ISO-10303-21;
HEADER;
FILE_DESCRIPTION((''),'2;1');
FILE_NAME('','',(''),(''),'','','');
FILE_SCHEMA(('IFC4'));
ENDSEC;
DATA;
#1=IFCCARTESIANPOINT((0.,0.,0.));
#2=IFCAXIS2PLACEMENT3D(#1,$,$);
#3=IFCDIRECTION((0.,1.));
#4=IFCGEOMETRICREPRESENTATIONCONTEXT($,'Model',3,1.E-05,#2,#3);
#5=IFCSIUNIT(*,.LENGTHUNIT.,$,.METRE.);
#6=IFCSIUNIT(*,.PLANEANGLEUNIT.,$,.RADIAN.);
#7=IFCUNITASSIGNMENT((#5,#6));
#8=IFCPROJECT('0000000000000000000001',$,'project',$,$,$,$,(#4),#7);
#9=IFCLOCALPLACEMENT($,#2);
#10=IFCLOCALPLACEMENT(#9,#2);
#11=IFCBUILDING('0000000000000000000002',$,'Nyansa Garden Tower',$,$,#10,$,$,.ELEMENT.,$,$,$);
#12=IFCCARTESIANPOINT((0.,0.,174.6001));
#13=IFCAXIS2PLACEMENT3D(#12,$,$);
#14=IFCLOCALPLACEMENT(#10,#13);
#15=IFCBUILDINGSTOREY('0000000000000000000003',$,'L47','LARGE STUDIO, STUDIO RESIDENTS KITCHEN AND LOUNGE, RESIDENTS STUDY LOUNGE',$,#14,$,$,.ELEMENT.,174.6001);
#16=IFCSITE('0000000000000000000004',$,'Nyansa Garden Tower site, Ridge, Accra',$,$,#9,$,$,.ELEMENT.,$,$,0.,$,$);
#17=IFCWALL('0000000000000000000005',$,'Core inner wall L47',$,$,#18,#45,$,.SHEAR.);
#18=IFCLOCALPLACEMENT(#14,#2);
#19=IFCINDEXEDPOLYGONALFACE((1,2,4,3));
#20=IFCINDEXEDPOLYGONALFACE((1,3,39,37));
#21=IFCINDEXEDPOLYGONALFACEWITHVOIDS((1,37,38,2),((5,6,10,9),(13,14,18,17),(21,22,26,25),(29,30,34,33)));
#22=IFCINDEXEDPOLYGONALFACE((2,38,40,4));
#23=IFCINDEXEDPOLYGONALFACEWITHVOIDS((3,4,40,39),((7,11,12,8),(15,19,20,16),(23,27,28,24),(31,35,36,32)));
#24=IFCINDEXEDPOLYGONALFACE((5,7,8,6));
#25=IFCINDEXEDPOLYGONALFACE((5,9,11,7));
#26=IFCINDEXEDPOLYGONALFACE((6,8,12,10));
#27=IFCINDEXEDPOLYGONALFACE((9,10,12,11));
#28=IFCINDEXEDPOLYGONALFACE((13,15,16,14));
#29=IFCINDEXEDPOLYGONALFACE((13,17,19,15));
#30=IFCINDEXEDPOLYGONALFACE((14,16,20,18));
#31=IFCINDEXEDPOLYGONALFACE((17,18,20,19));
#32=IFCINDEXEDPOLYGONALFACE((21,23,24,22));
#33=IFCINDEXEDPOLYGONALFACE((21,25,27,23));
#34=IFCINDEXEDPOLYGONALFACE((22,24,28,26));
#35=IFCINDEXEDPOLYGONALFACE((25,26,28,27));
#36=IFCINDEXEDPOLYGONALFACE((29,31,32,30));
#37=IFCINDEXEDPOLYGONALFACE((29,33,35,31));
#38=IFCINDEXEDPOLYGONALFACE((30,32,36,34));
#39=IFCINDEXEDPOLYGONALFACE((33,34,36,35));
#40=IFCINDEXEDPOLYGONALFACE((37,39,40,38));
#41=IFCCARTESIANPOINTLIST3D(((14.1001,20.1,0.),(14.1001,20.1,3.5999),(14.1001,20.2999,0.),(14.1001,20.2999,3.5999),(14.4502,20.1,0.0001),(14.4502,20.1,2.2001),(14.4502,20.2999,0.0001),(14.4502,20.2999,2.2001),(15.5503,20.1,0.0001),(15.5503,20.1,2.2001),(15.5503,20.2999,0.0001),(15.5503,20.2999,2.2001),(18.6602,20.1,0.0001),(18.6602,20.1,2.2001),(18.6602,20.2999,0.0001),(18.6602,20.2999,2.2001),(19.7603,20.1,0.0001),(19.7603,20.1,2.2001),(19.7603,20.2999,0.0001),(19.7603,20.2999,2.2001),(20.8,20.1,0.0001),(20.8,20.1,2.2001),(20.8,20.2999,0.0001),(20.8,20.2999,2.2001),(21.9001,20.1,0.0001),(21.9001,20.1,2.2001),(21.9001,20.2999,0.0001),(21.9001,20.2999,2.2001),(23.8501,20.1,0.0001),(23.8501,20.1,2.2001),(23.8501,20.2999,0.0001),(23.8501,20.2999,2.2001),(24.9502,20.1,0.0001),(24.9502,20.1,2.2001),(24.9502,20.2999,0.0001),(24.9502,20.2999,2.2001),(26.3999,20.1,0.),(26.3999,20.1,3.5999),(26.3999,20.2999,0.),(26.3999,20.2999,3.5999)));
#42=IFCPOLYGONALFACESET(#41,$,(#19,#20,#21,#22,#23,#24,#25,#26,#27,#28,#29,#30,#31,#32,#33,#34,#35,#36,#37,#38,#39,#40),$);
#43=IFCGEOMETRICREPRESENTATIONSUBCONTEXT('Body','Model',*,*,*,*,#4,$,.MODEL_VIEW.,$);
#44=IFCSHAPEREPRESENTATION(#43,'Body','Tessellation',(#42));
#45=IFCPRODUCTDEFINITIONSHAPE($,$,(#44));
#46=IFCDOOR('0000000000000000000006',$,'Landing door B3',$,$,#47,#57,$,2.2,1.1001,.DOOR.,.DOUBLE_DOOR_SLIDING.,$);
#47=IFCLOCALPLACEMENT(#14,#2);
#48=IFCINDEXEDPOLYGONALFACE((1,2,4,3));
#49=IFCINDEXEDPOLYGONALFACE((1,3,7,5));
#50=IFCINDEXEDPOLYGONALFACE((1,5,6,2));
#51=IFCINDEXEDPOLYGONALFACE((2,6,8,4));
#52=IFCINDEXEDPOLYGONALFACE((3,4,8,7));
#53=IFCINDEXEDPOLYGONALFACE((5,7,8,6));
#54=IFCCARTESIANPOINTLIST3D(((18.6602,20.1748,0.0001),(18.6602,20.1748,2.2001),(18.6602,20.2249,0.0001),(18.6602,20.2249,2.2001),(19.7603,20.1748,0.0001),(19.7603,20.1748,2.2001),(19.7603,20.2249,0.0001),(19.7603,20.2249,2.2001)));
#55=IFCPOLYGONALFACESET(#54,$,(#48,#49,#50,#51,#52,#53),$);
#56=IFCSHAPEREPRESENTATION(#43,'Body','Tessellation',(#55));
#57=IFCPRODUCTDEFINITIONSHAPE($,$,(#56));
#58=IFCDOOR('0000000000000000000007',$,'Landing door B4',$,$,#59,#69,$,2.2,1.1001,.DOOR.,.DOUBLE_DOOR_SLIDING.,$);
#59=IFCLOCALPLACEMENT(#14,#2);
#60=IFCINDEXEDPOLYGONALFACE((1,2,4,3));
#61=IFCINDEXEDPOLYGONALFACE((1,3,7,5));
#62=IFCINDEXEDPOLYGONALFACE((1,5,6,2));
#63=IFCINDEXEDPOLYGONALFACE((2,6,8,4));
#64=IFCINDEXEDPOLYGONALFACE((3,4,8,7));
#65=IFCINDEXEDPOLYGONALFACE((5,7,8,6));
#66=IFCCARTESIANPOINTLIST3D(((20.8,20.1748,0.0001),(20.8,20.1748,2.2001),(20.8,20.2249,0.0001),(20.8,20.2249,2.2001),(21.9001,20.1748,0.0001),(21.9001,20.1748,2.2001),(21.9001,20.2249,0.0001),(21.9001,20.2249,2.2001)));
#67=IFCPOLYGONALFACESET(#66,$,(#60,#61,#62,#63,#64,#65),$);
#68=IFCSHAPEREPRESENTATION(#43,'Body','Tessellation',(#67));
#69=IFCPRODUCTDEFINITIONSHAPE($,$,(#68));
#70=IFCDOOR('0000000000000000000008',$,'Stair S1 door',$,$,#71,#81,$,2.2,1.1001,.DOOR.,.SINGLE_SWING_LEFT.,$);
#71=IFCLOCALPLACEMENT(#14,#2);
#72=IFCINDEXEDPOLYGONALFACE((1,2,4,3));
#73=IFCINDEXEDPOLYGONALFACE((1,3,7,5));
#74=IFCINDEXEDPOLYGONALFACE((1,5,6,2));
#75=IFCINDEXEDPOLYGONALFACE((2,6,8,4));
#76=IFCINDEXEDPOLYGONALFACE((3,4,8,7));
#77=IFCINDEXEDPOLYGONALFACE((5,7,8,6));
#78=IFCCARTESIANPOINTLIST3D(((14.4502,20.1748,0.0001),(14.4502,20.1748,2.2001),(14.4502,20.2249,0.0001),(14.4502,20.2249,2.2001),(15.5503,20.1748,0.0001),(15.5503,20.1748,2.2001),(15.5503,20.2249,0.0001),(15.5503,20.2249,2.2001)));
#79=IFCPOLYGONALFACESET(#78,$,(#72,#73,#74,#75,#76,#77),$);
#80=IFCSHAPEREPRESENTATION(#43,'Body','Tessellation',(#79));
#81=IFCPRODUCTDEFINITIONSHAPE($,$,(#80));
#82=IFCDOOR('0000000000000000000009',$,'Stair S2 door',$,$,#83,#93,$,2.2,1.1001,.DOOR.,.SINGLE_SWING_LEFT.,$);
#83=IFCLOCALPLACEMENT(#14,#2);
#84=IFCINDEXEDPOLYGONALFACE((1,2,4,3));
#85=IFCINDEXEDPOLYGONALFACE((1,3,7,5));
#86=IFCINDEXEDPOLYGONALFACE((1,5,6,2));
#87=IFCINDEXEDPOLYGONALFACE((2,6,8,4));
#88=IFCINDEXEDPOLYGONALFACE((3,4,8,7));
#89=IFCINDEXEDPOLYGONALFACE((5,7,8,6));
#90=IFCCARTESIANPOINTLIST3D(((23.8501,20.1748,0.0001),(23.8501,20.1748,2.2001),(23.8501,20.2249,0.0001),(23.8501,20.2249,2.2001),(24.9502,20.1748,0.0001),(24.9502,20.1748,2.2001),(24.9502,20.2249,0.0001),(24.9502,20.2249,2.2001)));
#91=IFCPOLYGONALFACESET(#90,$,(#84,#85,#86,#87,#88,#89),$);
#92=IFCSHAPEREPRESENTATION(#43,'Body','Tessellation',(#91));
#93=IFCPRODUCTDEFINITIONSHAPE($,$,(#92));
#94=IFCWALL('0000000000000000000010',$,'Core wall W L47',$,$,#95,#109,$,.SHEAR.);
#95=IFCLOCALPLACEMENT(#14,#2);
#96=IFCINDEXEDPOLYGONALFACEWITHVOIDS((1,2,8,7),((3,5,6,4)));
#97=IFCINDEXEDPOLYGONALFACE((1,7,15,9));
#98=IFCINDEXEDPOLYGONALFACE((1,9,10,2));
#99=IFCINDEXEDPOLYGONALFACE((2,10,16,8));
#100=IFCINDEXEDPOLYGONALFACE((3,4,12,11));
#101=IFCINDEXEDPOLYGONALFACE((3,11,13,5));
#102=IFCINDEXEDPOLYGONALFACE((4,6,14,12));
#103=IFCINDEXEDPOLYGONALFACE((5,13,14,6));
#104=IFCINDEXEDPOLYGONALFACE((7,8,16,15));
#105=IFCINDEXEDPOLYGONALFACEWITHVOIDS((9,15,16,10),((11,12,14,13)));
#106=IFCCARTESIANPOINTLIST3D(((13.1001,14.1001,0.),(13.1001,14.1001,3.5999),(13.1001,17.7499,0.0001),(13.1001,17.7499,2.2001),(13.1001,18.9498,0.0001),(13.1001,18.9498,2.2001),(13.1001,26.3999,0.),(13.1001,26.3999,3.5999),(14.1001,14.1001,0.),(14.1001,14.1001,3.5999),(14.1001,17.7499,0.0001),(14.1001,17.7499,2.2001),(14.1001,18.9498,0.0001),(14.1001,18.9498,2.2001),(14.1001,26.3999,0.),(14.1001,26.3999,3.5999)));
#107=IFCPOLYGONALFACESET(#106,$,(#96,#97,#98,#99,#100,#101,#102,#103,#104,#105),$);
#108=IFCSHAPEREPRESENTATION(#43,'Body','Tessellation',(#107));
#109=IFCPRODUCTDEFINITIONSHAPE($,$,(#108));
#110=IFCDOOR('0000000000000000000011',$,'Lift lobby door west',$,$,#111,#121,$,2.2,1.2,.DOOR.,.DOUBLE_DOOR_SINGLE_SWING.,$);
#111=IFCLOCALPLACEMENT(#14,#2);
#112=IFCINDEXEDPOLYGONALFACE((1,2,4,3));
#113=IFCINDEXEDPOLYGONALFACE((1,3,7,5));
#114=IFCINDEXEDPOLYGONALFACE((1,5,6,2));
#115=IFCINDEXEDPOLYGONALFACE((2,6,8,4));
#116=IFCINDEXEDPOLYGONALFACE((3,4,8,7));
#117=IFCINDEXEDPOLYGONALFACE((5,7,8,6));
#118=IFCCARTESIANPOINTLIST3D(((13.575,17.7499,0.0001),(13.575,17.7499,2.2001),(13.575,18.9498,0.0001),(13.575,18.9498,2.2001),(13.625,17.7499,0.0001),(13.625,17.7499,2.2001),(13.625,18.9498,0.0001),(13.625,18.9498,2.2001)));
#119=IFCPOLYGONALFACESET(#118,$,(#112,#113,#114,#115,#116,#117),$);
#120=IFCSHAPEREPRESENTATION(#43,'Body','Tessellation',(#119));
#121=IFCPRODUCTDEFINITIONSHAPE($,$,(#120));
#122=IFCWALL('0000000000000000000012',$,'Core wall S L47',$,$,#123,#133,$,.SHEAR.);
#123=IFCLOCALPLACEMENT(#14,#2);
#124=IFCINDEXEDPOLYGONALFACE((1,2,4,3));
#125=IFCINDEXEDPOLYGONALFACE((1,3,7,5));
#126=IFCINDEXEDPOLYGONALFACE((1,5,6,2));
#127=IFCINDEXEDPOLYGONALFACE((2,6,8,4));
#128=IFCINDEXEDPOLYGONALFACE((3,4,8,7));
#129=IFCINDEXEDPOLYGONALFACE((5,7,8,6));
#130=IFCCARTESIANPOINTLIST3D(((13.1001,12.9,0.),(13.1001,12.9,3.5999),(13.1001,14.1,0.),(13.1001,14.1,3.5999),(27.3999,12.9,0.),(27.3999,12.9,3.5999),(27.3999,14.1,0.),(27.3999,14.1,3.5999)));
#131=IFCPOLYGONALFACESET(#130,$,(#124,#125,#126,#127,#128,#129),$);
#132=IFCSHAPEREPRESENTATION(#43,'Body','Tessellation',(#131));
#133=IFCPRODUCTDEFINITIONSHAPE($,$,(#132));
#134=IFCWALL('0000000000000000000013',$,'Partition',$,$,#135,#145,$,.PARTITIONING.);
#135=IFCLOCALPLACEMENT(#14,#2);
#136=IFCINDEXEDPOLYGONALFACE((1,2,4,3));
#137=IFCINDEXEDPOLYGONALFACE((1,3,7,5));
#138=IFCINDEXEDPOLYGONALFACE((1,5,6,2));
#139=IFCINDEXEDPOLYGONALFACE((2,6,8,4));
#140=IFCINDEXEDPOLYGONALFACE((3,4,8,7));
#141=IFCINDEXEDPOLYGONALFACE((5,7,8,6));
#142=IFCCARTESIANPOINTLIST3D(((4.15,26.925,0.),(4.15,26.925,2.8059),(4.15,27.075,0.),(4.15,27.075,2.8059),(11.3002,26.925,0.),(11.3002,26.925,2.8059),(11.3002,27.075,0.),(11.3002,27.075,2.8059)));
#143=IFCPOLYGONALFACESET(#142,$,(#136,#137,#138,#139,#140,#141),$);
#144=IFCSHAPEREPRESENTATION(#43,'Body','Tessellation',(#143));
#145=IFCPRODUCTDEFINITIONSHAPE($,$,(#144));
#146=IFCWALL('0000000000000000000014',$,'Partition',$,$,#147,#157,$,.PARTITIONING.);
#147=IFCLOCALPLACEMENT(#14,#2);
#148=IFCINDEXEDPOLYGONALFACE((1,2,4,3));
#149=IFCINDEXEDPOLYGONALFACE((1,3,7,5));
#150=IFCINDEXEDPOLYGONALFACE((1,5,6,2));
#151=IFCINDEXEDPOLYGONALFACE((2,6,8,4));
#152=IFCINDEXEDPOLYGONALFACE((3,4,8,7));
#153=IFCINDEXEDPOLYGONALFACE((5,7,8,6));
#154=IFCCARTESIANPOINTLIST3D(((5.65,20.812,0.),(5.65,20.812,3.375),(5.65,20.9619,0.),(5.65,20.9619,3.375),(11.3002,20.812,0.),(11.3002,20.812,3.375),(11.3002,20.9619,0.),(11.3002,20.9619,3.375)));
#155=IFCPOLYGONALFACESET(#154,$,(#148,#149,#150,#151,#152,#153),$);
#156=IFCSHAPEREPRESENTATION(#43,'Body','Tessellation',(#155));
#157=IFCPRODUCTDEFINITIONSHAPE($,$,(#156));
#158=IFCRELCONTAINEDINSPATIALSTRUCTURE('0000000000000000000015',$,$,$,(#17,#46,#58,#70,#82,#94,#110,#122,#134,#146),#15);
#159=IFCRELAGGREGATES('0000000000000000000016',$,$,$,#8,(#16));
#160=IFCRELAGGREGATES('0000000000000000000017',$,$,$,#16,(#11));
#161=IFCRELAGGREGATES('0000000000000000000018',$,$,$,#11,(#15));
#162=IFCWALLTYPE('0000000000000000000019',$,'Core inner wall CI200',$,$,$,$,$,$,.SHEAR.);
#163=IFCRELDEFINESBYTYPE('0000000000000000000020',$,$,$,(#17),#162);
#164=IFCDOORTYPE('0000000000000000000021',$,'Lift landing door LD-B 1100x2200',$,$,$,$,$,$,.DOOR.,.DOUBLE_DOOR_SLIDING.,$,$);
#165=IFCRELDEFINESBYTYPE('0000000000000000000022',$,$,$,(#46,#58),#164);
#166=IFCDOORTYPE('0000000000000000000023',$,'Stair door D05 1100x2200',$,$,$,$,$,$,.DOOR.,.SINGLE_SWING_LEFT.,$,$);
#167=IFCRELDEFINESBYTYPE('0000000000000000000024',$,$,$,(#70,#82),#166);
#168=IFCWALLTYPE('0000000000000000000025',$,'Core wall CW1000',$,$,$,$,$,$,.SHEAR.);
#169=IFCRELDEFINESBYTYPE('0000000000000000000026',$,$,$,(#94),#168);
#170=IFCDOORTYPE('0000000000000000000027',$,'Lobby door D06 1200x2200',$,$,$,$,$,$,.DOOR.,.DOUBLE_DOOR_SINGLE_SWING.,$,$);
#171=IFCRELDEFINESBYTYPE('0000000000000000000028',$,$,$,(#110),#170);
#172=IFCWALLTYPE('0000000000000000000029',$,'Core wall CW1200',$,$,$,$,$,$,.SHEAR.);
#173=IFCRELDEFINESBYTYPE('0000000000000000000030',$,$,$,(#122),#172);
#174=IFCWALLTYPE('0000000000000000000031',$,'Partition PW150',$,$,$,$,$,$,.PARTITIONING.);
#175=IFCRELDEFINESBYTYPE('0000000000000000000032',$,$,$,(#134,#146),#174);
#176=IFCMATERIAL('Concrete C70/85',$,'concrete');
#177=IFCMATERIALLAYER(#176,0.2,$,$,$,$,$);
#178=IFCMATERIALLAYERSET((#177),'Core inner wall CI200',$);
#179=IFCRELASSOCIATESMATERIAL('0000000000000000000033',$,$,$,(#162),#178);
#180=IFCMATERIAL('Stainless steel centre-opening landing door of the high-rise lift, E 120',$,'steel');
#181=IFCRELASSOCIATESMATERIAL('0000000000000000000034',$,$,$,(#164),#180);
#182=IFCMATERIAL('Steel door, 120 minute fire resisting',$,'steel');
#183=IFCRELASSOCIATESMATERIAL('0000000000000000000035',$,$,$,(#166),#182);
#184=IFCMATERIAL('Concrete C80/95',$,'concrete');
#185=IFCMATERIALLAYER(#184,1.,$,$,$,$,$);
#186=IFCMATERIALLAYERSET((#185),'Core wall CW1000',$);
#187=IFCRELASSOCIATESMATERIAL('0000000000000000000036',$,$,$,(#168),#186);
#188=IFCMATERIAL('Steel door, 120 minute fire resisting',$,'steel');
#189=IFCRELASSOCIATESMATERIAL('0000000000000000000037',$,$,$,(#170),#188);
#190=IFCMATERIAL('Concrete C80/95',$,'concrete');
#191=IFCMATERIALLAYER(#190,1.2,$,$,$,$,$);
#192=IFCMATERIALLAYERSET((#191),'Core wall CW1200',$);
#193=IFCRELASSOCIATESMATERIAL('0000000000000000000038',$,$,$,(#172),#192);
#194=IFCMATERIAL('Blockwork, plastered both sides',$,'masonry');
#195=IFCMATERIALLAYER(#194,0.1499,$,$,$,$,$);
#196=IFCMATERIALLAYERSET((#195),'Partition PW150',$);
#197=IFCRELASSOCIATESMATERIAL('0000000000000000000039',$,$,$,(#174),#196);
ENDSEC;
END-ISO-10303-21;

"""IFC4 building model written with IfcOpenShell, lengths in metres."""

from ifc_helpers import new_model, si_unit, direction, frame, frame_2d, origin, place, context, subcontext, project, spatial, rectangle, extrude, material, layer, layer_set, type_object, element, fill, save


model = new_model("IFC4")

# Units and contexts
model_context = context("Model", 3, precision=1e-05, world=origin(), true_north=direction((0.0, 1.0)))
body_context = subcontext(model_context, "Body", "Model", "MODEL_VIEW")
ifc_project = project(units=[si_unit("LENGTHUNIT", "METRE"), si_unit("PLANEANGLEUNIT", "RADIAN")], contexts=[model_context])

# Site, building, storey
site_placement = place(None, origin())
site = spatial("IfcSite", under=ifc_project, at=site_placement, Name="Nyansa Garden Tower site, Ridge, Accra", CompositionType="ELEMENT", RefElevation=0.0)
building_placement = place(site_placement, origin())
building = spatial("IfcBuilding", under=site, at=building_placement, Name="Nyansa Garden Tower", CompositionType="ELEMENT")
storey_placement = place(building_placement, frame((0.0, 0.0, 174.6001)))
storey = spatial("IfcBuildingStorey", under=building, at=storey_placement, Name="L47", Description="LARGE STUDIO, STUDIO RESIDENTS KITCHEN AND LOUNGE, RESIDENTS STUDY LOUNGE", CompositionType="ELEMENT", Elevation=174.6001)

# Wall, openings, doors
ifc_material_1 = material(Name="Concrete C70/85", Category="concrete")
ifc_layer_1 = layer(ifc_material_1, 0.2)
ifc_layer_set_1 = layer_set([ifc_layer_1], Name="Core inner wall CI200")
wall_type_1 = type_object("IfcWallType", Name="Core inner wall CI200", PredefinedType="SHEAR", material=ifc_layer_set_1)
ifc_material_2 = material(Name="Stainless steel centre-opening landing door of the high-rise lift, E 120", Category="steel")
door_type_1 = type_object("IfcDoorType", Name="Lift landing door LD-B 1100x2200", OperationType="DOUBLE_DOOR_SLIDING", PredefinedType="DOOR", material=ifc_material_2)
wall_1_placement = place(storey_placement, frame((14.1001, 20.2, 0.0), z_axis=(0.0, 0.0, 1.0), x_axis=(1.0, 0.0, 0.0)))
wall_1 = element("IfcWall", 1, at=wall_1_placement, inside=storey, type_object=wall_type_1, Name="Core inner wall L47", PredefinedType="SHEAR", context=body_context, shape_type="SweptSolid", body=[
    extrude(rectangle(XDim=12.2998, YDim=0.2, at=frame_2d((6.1499, 0.0))), origin(), (0.0, 0.0, 1.0), 3.5999),
])
opening_1_placement = place(wall_1_placement, frame((4.5601, 0.0, 0.0)))
opening_1 = element("IfcOpeningElement", 2, at=opening_1_placement, cuts=wall_1, PredefinedType="OPENING", context=body_context, shape_type="SweptSolid", body=[
    extrude(rectangle(XDim=1.1001, YDim=2.2, at=frame_2d((0.55, 1.1001))), frame((0.0, 0.1099, 0.0), z_axis=(0.0, -1.0, 0.0), x_axis=(1.0, 0.0, 0.0)), (0.0, 0.0, 1.0), 0.22),
])
opening_2_placement = place(wall_1_placement, frame((6.7, 0.0, 0.0)))
opening_2 = element("IfcOpeningElement", 3, at=opening_2_placement, cuts=wall_1, PredefinedType="OPENING", context=body_context, shape_type="SweptSolid", body=[
    extrude(rectangle(XDim=1.1001, YDim=2.2, at=frame_2d((0.55, 1.1001))), frame((0.0, 0.1099, 0.0), z_axis=(0.0, -1.0, 0.0), x_axis=(1.0, 0.0, 0.0)), (0.0, 0.0, 1.0), 0.22),
])
opening_3_placement = place(wall_1_placement, frame((0.3501, 0.0, 0.0)))
opening_3 = element("IfcOpeningElement", 4, at=opening_3_placement, cuts=wall_1, PredefinedType="OPENING", context=body_context, shape_type="SweptSolid", body=[
    extrude(rectangle(XDim=1.1001, YDim=2.2, at=frame_2d((0.55, 1.1001))), frame((0.0, 0.1099, 0.0), z_axis=(0.0, -1.0, 0.0), x_axis=(1.0, 0.0, 0.0)), (0.0, 0.0, 1.0), 0.22),
])
opening_4_placement = place(wall_1_placement, frame((9.75, 0.0, 0.0)))
opening_4 = element("IfcOpeningElement", 5, at=opening_4_placement, cuts=wall_1, PredefinedType="OPENING", context=body_context, shape_type="SweptSolid", body=[
    extrude(rectangle(XDim=1.1001, YDim=2.2, at=frame_2d((0.55, 1.1001))), frame((0.0, 0.1099, 0.0), z_axis=(0.0, -1.0, 0.0), x_axis=(1.0, 0.0, 0.0)), (0.0, 0.0, 1.0), 0.22),
])
door_1_placement = place(opening_1_placement, origin())
door_1 = element("IfcDoor", 6, at=door_1_placement, inside=storey, type_object=door_type_1, Name="Landing door B3", OperationType="DOUBLE_DOOR_SLIDING", OverallHeight=2.2, OverallWidth=1.1001, PredefinedType="DOOR", context=body_context, shape_type="SweptSolid", body=[
    extrude(rectangle(XDim=1.1001, YDim=2.2, at=frame_2d((0.55, 1.1001))), frame((0.0, 0.0249, 0.0), z_axis=(0.0, -1.0, 0.0), x_axis=(1.0, 0.0, 0.0)), (0.0, 0.0, 1.0), 0.05),
])
fill(opening_1, door_1)
door_2_placement = place(opening_2_placement, origin())
door_2 = element("IfcDoor", 7, at=door_2_placement, inside=storey, type_object=door_type_1, Name="Landing door B4", OperationType="DOUBLE_DOOR_SLIDING", OverallHeight=2.2, OverallWidth=1.1001, PredefinedType="DOOR", context=body_context, shape_type="SweptSolid", body=[
    extrude(rectangle(XDim=1.1001, YDim=2.2, at=frame_2d((0.55, 1.1001))), frame((0.0, 0.0249, 0.0), z_axis=(0.0, -1.0, 0.0), x_axis=(1.0, 0.0, 0.0)), (0.0, 0.0, 1.0), 0.05),
])
fill(opening_2, door_2)
ifc_material_3 = material(Name="Steel door, 120 minute fire resisting", Category="steel")
door_type_2 = type_object("IfcDoorType", Name="Stair door D05 1100x2200", OperationType="SINGLE_SWING_LEFT", PredefinedType="DOOR", material=ifc_material_3)
door_3_placement = place(opening_3_placement, origin())
door_3 = element("IfcDoor", 8, at=door_3_placement, inside=storey, type_object=door_type_2, Name="Stair S1 door", OperationType="SINGLE_SWING_LEFT", OverallHeight=2.2, OverallWidth=1.1001, PredefinedType="DOOR", context=body_context, shape_type="SweptSolid", body=[
    extrude(rectangle(XDim=1.1001, YDim=2.2, at=frame_2d((0.55, 1.1001))), frame((0.0, 0.0249, 0.0), z_axis=(0.0, -1.0, 0.0), x_axis=(1.0, 0.0, 0.0)), (0.0, 0.0, 1.0), 0.05),
])
fill(opening_3, door_3)
door_4_placement = place(opening_4_placement, origin())
door_4 = element("IfcDoor", 9, at=door_4_placement, inside=storey, type_object=door_type_2, Name="Stair S2 door", OperationType="SINGLE_SWING_LEFT", OverallHeight=2.2, OverallWidth=1.1001, PredefinedType="DOOR", context=body_context, shape_type="SweptSolid", body=[
    extrude(rectangle(XDim=1.1001, YDim=2.2, at=frame_2d((0.55, 1.1001))), frame((0.0, 0.0249, 0.0), z_axis=(0.0, -1.0, 0.0), x_axis=(1.0, 0.0, 0.0)), (0.0, 0.0, 1.0), 0.05),
])
fill(opening_4, door_4)

# Wall, opening, door
ifc_material_4 = material(Name="Concrete C80/95", Category="concrete")
ifc_layer_2 = layer(ifc_material_4, 1.0)
ifc_layer_set_2 = layer_set([ifc_layer_2], Name="Core wall CW1000")
wall_type_2 = type_object("IfcWallType", Name="Core wall CW1000", PredefinedType="SHEAR", material=ifc_layer_set_2)
wall_2_placement = place(storey_placement, frame((13.6001, 26.3999, 0.0), z_axis=(0.0, 0.0, 1.0), x_axis=(0.0, -1.0, 0.0)))
wall_2 = element("IfcWall", 10, at=wall_2_placement, inside=storey, type_object=wall_type_2, Name="Core wall W L47", PredefinedType="SHEAR", context=body_context, shape_type="SweptSolid", body=[
    extrude(rectangle(XDim=12.2998, YDim=1.0, at=frame_2d((6.1499, 0.0))), origin(), (0.0, 0.0, 1.0), 3.5999),
])
opening_5_placement = place(wall_2_placement, frame((7.45, 0.0, 0.0)))
opening_5 = element("IfcOpeningElement", 11, at=opening_5_placement, cuts=wall_2, PredefinedType="OPENING", context=body_context, shape_type="SweptSolid", body=[
    extrude(rectangle(XDim=1.2, YDim=2.2, at=frame_2d((0.6001, 1.1001))), frame((0.0, 0.51, 0.0), z_axis=(0.0, -1.0, 0.0), x_axis=(1.0, 0.0, 0.0)), (0.0, 0.0, 1.0), 1.02),
])
ifc_material_5 = material(Name="Steel door, 120 minute fire resisting", Category="steel")
door_type_3 = type_object("IfcDoorType", Name="Lobby door D06 1200x2200", OperationType="DOUBLE_DOOR_SINGLE_SWING", PredefinedType="DOOR", material=ifc_material_5)
door_5_placement = place(opening_5_placement, origin())
door_5 = element("IfcDoor", 12, at=door_5_placement, inside=storey, type_object=door_type_3, Name="Lift lobby door west", OperationType="DOUBLE_DOOR_SINGLE_SWING", OverallHeight=2.2, OverallWidth=1.2, PredefinedType="DOOR", context=body_context, shape_type="SweptSolid", body=[
    extrude(rectangle(XDim=1.2, YDim=2.2, at=frame_2d((0.6001, 1.1001))), frame((0.0, 0.0249, 0.0), z_axis=(0.0, -1.0, 0.0), x_axis=(1.0, 0.0, 0.0)), (0.0, 0.0, 1.0), 0.05),
])
fill(opening_5, door_5)

# Walls
ifc_material_6 = material(Name="Concrete C80/95", Category="concrete")
ifc_layer_3 = layer(ifc_material_6, 1.2)
ifc_layer_set_3 = layer_set([ifc_layer_3], Name="Core wall CW1200")
wall_type_3 = type_object("IfcWallType", Name="Core wall CW1200", PredefinedType="SHEAR", material=ifc_layer_set_3)
wall_3_placement = place(storey_placement, frame((13.1001, 13.5, 0.0), z_axis=(0.0, 0.0, 1.0), x_axis=(1.0, 0.0, 0.0)))
element("IfcWall", 13, at=wall_3_placement, inside=storey, type_object=wall_type_3, Name="Core wall S L47", PredefinedType="SHEAR", context=body_context, shape_type="SweptSolid", body=[
    extrude(rectangle(XDim=14.2998, YDim=1.2, at=frame_2d((7.1499, 0.0))), origin(), (0.0, 0.0, 1.0), 3.5999),
])
ifc_material_7 = material(Name="Blockwork, plastered both sides", Category="masonry")
ifc_layer_4 = layer(ifc_material_7, 0.1499)
ifc_layer_set_4 = layer_set([ifc_layer_4], Name="Partition PW150")
wall_type_4 = type_object("IfcWallType", Name="Partition PW150", PredefinedType="PARTITIONING", material=ifc_layer_set_4)
wall_4_placement = place(storey_placement, frame((4.1499, 27.0, 0.0), z_axis=(0.0, 0.0, 1.0), x_axis=(1.0, 0.0, 0.0)))
element("IfcWall", 14, at=wall_4_placement, inside=storey, type_object=wall_type_4, Name="Partition", PredefinedType="PARTITIONING", context=body_context, shape_type="SweptSolid", body=[
    extrude(rectangle(XDim=7.1501, YDim=0.1499, at=frame_2d((3.5752, 0.0))), origin(), (0.0, 0.0, 1.0), 2.8059),
])
wall_5_placement = place(storey_placement, frame((5.6499, 20.887, 0.0), z_axis=(0.0, 0.0, 1.0), x_axis=(1.0, 0.0, 0.0)))
element("IfcWall", 15, at=wall_5_placement, inside=storey, type_object=wall_type_4, Name="Partition", PredefinedType="PARTITIONING", context=body_context, shape_type="SweptSolid", body=[
    extrude(rectangle(XDim=5.6501, YDim=0.1499, at=frame_2d((2.8252, 0.0))), origin(), (0.0, 0.0, 1.0), 3.375),
])

save(model, "model.ifc")
